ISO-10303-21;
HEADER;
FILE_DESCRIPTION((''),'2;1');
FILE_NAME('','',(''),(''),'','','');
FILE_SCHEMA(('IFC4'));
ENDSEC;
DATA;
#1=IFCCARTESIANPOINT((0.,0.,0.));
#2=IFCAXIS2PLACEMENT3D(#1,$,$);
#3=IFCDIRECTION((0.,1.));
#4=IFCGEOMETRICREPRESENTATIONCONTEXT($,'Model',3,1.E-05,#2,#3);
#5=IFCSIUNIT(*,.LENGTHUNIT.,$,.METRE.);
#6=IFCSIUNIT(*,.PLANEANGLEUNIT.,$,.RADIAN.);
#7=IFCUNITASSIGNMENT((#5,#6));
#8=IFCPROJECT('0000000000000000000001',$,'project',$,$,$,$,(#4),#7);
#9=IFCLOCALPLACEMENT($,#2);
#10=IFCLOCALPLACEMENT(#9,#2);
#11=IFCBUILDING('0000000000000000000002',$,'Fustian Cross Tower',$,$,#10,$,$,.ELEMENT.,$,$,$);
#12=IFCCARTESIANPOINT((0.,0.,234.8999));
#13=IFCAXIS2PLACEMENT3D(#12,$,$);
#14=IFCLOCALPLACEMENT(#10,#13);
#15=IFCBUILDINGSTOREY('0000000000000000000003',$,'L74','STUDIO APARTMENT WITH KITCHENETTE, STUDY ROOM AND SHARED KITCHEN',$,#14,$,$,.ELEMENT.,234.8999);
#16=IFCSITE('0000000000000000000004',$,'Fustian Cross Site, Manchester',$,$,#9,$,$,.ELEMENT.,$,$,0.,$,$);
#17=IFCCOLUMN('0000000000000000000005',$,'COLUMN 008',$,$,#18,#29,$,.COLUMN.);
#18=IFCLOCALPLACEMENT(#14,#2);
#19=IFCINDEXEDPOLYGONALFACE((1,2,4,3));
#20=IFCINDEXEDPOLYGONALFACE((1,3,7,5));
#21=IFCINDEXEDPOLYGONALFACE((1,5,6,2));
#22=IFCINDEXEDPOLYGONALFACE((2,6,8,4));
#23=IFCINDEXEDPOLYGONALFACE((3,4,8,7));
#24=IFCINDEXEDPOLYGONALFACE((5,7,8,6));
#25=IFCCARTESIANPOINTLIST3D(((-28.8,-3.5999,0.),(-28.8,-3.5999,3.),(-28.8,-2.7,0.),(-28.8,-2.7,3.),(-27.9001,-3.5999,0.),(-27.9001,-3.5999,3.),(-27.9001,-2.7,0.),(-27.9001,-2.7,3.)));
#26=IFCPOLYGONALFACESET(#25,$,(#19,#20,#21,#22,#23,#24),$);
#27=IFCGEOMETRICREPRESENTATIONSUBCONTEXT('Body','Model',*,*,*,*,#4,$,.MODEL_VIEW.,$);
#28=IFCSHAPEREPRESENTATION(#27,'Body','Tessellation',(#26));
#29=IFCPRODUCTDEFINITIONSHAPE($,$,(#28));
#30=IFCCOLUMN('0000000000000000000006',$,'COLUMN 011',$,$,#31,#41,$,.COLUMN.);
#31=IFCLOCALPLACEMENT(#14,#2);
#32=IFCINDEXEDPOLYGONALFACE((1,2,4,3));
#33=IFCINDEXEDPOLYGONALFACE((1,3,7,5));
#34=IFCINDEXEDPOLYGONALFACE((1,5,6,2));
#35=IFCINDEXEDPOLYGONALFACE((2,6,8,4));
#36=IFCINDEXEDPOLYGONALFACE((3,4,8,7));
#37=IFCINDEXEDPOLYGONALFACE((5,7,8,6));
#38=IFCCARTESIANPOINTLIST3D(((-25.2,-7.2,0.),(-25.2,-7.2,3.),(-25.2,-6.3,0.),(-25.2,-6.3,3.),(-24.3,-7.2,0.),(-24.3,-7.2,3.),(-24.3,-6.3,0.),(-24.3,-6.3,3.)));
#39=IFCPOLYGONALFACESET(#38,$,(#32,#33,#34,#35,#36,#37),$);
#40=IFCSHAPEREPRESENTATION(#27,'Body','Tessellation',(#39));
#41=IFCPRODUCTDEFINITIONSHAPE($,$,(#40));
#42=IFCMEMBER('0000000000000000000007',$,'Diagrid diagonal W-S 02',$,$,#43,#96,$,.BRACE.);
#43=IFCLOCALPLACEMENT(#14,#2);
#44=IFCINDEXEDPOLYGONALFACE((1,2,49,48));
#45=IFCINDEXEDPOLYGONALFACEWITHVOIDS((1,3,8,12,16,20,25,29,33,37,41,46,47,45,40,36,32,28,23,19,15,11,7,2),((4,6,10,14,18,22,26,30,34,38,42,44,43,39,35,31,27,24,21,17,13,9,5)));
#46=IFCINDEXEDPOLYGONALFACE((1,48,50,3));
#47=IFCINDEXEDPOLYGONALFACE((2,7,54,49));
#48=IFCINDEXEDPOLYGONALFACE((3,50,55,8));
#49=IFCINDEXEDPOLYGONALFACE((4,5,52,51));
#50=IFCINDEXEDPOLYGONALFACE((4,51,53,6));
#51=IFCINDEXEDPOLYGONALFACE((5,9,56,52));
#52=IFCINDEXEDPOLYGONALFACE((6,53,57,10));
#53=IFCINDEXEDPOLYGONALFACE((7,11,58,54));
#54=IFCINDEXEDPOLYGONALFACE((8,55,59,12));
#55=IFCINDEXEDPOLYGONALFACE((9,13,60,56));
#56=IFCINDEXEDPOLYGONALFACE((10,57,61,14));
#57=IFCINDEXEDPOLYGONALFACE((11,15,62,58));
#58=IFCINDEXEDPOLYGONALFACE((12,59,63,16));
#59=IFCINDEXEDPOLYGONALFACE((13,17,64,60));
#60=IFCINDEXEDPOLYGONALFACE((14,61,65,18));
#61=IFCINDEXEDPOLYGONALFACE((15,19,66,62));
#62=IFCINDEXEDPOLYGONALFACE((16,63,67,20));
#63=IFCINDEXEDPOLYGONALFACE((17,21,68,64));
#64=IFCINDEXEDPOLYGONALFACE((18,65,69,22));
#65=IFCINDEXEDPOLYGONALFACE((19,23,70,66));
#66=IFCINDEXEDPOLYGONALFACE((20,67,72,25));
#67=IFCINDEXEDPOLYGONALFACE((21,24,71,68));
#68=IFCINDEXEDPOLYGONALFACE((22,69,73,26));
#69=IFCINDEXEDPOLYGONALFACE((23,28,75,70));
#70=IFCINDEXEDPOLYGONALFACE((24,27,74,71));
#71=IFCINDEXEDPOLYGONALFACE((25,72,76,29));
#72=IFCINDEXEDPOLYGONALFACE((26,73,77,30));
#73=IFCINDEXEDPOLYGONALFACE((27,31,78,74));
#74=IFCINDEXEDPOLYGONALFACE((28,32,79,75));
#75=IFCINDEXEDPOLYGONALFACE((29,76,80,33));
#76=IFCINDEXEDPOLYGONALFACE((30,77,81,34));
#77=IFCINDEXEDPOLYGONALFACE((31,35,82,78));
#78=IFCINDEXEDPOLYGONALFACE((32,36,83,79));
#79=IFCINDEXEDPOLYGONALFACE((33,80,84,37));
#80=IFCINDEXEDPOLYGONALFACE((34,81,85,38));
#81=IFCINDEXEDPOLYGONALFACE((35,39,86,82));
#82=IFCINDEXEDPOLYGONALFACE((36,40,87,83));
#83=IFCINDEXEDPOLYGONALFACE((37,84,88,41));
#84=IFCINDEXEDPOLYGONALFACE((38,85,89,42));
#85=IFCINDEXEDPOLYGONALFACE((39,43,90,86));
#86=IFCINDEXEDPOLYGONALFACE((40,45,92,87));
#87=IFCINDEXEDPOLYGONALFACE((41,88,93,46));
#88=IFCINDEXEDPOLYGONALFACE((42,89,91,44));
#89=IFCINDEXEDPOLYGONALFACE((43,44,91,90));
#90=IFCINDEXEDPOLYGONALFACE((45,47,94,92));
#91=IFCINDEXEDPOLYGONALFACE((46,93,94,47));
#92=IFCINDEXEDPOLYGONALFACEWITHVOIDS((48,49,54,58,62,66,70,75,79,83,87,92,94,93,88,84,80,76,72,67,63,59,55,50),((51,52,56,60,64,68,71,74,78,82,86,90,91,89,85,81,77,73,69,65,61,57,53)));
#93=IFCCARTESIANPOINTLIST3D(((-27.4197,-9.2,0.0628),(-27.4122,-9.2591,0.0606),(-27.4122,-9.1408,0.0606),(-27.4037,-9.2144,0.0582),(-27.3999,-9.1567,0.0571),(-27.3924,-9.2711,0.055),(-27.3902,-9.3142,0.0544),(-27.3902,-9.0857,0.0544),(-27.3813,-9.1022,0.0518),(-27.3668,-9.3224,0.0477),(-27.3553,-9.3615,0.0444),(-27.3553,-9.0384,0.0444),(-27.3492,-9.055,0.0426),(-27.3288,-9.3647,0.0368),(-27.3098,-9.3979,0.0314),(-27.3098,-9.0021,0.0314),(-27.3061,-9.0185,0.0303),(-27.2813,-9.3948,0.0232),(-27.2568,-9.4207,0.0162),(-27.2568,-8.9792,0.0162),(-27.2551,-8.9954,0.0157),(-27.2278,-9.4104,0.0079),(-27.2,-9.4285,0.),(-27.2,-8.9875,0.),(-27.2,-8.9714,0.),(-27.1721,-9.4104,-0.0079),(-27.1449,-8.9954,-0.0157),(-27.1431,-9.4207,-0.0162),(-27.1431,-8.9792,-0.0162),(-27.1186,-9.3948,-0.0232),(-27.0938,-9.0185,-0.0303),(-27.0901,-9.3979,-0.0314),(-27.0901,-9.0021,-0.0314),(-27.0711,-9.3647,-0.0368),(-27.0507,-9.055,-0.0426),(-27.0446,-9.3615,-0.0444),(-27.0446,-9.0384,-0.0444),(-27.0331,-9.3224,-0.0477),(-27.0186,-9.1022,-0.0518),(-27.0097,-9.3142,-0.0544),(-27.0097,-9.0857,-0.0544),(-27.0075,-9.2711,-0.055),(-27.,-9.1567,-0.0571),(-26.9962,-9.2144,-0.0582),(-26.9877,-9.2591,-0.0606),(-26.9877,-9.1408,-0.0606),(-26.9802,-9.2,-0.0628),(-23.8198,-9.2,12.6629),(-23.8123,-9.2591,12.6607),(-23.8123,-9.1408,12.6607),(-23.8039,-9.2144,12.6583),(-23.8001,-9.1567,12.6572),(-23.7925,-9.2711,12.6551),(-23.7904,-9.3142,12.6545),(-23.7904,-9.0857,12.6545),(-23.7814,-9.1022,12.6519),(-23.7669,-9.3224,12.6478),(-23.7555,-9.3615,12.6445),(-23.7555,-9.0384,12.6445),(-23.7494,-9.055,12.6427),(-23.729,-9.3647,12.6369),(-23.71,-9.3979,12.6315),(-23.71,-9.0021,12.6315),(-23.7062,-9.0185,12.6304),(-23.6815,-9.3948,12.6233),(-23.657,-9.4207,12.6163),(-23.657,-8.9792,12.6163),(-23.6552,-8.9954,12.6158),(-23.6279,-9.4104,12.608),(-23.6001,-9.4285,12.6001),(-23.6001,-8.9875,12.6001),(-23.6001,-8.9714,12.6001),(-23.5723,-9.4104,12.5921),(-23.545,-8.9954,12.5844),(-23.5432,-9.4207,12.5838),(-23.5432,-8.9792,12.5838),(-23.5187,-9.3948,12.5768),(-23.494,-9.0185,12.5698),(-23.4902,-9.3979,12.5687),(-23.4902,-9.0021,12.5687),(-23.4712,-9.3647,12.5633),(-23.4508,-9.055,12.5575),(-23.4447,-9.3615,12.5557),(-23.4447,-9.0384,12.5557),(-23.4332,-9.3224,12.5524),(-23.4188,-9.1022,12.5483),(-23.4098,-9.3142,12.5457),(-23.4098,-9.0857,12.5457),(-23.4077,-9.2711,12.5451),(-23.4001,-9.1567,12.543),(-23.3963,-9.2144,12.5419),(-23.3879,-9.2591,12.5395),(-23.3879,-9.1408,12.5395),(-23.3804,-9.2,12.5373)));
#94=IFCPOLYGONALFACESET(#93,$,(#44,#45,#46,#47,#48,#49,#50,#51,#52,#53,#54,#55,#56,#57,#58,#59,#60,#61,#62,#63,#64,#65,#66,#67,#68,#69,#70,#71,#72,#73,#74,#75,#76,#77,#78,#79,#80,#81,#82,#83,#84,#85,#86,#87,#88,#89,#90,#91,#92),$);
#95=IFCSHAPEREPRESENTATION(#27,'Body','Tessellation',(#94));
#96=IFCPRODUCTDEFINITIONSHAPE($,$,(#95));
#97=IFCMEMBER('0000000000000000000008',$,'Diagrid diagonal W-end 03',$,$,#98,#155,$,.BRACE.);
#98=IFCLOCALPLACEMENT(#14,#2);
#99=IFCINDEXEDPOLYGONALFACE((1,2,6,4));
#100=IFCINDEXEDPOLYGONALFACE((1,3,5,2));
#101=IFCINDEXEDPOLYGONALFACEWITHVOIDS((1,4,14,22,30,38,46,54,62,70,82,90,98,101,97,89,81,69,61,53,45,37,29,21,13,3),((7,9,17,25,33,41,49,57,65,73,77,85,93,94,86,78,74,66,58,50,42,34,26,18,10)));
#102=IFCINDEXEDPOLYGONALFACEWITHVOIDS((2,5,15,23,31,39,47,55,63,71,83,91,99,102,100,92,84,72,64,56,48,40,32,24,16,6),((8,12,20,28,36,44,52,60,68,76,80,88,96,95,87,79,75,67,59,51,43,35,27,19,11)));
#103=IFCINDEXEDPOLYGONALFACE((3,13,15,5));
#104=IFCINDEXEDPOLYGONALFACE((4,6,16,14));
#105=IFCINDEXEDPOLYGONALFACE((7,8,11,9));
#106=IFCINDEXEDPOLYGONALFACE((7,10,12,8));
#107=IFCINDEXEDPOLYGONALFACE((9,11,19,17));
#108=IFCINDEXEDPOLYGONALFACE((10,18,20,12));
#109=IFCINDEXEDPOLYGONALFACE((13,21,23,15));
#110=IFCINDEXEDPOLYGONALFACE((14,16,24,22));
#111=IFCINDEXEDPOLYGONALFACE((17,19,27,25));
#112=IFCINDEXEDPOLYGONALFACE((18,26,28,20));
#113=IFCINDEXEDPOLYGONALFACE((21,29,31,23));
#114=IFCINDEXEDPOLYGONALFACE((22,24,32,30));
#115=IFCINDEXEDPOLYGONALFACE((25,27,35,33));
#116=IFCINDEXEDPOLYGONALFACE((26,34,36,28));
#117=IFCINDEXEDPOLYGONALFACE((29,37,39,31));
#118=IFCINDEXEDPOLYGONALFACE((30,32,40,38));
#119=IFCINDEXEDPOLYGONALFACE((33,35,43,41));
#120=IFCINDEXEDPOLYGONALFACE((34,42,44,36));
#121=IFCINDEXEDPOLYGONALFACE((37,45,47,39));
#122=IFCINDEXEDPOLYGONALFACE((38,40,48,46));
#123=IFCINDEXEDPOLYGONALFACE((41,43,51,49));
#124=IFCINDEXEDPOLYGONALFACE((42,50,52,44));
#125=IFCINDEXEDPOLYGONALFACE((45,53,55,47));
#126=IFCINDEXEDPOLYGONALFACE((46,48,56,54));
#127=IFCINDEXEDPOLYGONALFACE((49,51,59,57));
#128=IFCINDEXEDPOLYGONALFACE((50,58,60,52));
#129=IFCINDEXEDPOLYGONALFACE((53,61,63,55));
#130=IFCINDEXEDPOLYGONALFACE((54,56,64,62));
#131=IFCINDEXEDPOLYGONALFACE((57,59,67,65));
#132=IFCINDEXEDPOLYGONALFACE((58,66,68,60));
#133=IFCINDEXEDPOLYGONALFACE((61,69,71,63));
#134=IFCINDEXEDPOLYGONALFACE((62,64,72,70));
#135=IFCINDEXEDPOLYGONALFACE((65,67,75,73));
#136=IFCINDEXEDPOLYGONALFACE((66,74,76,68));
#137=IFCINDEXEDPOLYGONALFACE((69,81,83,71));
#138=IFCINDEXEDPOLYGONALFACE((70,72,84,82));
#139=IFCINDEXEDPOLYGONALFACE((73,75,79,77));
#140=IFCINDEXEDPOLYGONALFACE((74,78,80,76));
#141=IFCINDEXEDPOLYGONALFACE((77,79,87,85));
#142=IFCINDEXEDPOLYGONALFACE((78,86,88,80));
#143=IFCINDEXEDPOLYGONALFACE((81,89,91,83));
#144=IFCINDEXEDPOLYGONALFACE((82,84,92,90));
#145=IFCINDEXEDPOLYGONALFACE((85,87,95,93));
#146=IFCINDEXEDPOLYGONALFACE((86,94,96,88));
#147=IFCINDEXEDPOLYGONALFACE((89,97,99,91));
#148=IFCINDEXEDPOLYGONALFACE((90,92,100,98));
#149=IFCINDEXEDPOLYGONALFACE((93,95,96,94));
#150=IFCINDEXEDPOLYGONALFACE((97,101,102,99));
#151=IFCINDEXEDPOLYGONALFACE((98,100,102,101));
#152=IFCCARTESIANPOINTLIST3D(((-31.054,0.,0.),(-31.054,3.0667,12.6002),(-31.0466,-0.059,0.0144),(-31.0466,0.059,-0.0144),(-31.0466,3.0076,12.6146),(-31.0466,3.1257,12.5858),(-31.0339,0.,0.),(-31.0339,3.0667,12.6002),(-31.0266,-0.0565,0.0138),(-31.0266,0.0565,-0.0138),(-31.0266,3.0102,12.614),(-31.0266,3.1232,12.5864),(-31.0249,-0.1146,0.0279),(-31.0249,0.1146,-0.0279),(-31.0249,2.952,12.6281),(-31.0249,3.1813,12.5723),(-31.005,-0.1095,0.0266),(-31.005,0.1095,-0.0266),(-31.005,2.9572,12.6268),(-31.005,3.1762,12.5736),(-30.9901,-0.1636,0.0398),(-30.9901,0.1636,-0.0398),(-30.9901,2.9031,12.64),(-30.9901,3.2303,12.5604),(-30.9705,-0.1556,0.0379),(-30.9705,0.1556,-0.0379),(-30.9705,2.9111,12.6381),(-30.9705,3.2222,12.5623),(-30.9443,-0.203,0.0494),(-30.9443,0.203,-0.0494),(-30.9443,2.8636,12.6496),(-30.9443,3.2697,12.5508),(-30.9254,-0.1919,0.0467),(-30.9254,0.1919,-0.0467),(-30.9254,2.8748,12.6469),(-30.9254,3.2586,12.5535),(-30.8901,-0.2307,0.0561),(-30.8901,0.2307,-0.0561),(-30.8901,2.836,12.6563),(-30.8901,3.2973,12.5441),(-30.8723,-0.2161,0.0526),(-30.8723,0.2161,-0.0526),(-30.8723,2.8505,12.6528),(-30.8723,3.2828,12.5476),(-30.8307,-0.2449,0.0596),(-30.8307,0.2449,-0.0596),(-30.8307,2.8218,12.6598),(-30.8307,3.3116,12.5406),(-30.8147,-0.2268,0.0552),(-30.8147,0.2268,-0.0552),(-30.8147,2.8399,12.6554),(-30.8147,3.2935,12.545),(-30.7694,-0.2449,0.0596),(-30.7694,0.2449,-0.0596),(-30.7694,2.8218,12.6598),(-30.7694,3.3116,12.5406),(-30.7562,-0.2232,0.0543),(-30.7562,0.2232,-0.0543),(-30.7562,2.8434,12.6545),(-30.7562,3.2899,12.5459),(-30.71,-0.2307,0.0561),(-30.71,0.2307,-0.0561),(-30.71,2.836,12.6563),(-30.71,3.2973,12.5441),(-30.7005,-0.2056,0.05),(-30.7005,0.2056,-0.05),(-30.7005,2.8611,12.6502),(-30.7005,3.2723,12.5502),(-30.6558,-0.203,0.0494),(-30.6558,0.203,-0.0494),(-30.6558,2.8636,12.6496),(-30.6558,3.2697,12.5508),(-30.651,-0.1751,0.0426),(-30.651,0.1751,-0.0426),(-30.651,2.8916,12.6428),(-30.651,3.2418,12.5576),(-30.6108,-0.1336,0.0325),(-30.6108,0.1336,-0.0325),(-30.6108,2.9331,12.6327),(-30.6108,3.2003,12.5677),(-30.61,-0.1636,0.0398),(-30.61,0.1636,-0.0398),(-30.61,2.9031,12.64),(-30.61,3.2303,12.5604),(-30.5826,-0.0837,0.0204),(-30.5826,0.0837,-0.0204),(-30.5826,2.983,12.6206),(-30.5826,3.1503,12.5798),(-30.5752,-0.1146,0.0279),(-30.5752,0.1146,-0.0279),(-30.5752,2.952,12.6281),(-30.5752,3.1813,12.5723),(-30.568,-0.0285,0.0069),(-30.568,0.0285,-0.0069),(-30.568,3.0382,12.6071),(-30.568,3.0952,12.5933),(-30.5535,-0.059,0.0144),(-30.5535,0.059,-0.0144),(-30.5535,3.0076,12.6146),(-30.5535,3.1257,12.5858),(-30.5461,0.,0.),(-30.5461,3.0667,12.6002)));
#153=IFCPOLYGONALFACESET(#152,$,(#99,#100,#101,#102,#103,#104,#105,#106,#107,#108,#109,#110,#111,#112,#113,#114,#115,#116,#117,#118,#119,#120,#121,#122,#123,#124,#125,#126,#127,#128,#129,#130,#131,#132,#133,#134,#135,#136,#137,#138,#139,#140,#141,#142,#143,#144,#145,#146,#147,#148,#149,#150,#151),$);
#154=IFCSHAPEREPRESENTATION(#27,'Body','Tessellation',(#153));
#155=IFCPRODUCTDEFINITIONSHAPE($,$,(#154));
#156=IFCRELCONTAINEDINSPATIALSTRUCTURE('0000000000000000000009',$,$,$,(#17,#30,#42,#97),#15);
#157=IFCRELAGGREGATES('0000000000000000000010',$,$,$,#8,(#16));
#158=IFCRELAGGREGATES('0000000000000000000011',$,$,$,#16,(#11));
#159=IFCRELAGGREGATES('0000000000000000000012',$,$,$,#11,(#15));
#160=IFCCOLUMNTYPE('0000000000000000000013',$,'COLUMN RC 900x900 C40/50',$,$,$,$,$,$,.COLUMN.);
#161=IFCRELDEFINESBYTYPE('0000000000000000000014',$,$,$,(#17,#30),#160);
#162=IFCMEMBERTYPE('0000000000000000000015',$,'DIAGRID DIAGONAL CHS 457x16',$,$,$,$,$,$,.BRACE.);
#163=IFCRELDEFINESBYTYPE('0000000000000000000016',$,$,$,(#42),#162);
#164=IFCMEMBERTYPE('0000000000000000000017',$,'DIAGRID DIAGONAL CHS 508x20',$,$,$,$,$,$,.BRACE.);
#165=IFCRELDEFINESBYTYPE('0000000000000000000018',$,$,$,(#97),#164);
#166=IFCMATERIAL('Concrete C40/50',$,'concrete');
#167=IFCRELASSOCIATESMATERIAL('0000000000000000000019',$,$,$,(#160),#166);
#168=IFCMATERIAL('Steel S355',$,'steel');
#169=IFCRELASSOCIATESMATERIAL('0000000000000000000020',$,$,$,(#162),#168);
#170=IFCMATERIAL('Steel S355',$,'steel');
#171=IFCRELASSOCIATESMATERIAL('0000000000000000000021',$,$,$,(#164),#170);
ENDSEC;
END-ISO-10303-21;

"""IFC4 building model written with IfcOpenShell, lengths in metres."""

from ifc_helpers import new_model, si_unit, direction, frame, origin, origin_2d, place, context, subcontext, project, spatial, rectangle, hollow_circle, extrude, material, material_profile, profile_set, type_object, element, save


model = new_model("IFC4")

# Units and contexts
model_context = context("Model", 3, precision=1e-05, world=origin(), true_north=direction((0.0, 1.0)))
body_context = subcontext(model_context, "Body", "Model", "MODEL_VIEW")
ifc_project = project(units=[si_unit("LENGTHUNIT", "METRE"), si_unit("PLANEANGLEUNIT", "RADIAN")], contexts=[model_context])

# Site, building, storey
site_placement = place(None, origin())
site = spatial("IfcSite", under=ifc_project, at=site_placement, Name="Fustian Cross Site, Manchester", CompositionType="ELEMENT", RefElevation=0.0)
building_placement = place(site_placement, origin())
building = spatial("IfcBuilding", under=site, at=building_placement, Name="Fustian Cross Tower", CompositionType="ELEMENT")
storey_placement = place(building_placement, frame((0.0, 0.0, 234.8999)))
storey = spatial("IfcBuildingStorey", under=building, at=storey_placement, Name="L74", Description="STUDIO APARTMENT WITH KITCHENETTE, STUDY ROOM AND SHARED KITCHEN", CompositionType="ELEMENT", Elevation=234.8999)

# Columns
ifc_material_1 = material(Name="Concrete C40/50", Category="concrete")
ifc_material_profile_1 = material_profile(ifc_material_1, rectangle(XDim=0.8999, YDim=0.8999, at=origin_2d()), Name="RC 900x900")
ifc_profile_set_1 = profile_set([ifc_material_profile_1], Name="Concrete C40/50")
column_type = type_object("IfcColumnType", Name="COLUMN RC 900x900 C40/50", PredefinedType="COLUMN", material=ifc_profile_set_1)
for number, where, z_axis, x_axis, name in (
    (1, (-28.3501, -3.1499, 0.0), (0.0, 0.0, 1.0), (1.0, 0.0, 0.0), "COLUMN 008"),
    (2, (-24.75, -6.75, 0.0), (0.0, 0.0, 1.0), (1.0, 0.0, 0.0), "COLUMN 011"),
):
    element("IfcColumn", number, at=place(storey_placement, frame(where, z_axis=z_axis, x_axis=x_axis)), inside=storey, type_object=column_type, Name=name, PredefinedType="COLUMN", context=body_context, shape_type="SweptSolid", body=[
        extrude(rectangle(XDim=0.8999, YDim=0.8999, at=origin_2d()), origin(), (0.0, 0.0, 1.0), 3.0),
    ])

# Members
ifc_material_2 = material(Name="Steel S355", Category="steel")
ifc_material_profile_2 = material_profile(ifc_material_2, hollow_circle(Radius=0.2285, WallThickness=0.0161, at=origin_2d()), Name="CHS 457x16")
ifc_profile_set_2 = profile_set([ifc_material_profile_2], Name="Steel S355")
member_type_1 = type_object("IfcMemberType", Name="DIAGRID DIAGONAL CHS 457x16", PredefinedType="BRACE", material=ifc_profile_set_2)
member_1_placement = place(storey_placement, frame((-27.2, -9.2, 0.0), z_axis=(0.274709, 0.0, 0.961527), x_axis=(0.0, 1.0, 0.0)))
element("IfcMember", 3, at=member_1_placement, inside=storey, type_object=member_type_1, Name="Diagrid diagonal W-S 02", PredefinedType="BRACE", context=body_context, shape_type="SweptSolid", body=[
    extrude(hollow_circle(Radius=0.2285, WallThickness=0.0161, at=origin_2d()), origin(), (0.0, 0.0, 1.0), 13.1042),
])
ifc_material_3 = material(Name="Steel S355", Category="steel")
ifc_material_profile_3 = material_profile(ifc_material_3, hollow_circle(Radius=0.2539, WallThickness=0.02, at=origin_2d()), Name="CHS 508x20")
ifc_profile_set_3 = profile_set([ifc_material_profile_3], Name="Steel S355")
member_type_2 = type_object("IfcMemberType", Name="DIAGRID DIAGONAL CHS 508x20", PredefinedType="BRACE", material=ifc_profile_set_3)
for number, where, z_axis, x_axis, name in (
    (4, (-30.8, 0.0, 0.0), (0.0, 0.23648, 0.971636), (-1.0, 0.0, 0.0), "Diagrid diagonal W-end 03"),
):
    element("IfcMember", number, at=place(storey_placement, frame(where, z_axis=z_axis, x_axis=x_axis)), inside=storey, type_object=member_type_2, Name=name, PredefinedType="BRACE", context=body_context, shape_type="SweptSolid", body=[
        extrude(hollow_circle(Radius=0.2539, WallThickness=0.02, at=origin_2d()), origin(), (0.0, 0.0, 1.0), 12.968),
    ])

save(model, "model.ifc")
